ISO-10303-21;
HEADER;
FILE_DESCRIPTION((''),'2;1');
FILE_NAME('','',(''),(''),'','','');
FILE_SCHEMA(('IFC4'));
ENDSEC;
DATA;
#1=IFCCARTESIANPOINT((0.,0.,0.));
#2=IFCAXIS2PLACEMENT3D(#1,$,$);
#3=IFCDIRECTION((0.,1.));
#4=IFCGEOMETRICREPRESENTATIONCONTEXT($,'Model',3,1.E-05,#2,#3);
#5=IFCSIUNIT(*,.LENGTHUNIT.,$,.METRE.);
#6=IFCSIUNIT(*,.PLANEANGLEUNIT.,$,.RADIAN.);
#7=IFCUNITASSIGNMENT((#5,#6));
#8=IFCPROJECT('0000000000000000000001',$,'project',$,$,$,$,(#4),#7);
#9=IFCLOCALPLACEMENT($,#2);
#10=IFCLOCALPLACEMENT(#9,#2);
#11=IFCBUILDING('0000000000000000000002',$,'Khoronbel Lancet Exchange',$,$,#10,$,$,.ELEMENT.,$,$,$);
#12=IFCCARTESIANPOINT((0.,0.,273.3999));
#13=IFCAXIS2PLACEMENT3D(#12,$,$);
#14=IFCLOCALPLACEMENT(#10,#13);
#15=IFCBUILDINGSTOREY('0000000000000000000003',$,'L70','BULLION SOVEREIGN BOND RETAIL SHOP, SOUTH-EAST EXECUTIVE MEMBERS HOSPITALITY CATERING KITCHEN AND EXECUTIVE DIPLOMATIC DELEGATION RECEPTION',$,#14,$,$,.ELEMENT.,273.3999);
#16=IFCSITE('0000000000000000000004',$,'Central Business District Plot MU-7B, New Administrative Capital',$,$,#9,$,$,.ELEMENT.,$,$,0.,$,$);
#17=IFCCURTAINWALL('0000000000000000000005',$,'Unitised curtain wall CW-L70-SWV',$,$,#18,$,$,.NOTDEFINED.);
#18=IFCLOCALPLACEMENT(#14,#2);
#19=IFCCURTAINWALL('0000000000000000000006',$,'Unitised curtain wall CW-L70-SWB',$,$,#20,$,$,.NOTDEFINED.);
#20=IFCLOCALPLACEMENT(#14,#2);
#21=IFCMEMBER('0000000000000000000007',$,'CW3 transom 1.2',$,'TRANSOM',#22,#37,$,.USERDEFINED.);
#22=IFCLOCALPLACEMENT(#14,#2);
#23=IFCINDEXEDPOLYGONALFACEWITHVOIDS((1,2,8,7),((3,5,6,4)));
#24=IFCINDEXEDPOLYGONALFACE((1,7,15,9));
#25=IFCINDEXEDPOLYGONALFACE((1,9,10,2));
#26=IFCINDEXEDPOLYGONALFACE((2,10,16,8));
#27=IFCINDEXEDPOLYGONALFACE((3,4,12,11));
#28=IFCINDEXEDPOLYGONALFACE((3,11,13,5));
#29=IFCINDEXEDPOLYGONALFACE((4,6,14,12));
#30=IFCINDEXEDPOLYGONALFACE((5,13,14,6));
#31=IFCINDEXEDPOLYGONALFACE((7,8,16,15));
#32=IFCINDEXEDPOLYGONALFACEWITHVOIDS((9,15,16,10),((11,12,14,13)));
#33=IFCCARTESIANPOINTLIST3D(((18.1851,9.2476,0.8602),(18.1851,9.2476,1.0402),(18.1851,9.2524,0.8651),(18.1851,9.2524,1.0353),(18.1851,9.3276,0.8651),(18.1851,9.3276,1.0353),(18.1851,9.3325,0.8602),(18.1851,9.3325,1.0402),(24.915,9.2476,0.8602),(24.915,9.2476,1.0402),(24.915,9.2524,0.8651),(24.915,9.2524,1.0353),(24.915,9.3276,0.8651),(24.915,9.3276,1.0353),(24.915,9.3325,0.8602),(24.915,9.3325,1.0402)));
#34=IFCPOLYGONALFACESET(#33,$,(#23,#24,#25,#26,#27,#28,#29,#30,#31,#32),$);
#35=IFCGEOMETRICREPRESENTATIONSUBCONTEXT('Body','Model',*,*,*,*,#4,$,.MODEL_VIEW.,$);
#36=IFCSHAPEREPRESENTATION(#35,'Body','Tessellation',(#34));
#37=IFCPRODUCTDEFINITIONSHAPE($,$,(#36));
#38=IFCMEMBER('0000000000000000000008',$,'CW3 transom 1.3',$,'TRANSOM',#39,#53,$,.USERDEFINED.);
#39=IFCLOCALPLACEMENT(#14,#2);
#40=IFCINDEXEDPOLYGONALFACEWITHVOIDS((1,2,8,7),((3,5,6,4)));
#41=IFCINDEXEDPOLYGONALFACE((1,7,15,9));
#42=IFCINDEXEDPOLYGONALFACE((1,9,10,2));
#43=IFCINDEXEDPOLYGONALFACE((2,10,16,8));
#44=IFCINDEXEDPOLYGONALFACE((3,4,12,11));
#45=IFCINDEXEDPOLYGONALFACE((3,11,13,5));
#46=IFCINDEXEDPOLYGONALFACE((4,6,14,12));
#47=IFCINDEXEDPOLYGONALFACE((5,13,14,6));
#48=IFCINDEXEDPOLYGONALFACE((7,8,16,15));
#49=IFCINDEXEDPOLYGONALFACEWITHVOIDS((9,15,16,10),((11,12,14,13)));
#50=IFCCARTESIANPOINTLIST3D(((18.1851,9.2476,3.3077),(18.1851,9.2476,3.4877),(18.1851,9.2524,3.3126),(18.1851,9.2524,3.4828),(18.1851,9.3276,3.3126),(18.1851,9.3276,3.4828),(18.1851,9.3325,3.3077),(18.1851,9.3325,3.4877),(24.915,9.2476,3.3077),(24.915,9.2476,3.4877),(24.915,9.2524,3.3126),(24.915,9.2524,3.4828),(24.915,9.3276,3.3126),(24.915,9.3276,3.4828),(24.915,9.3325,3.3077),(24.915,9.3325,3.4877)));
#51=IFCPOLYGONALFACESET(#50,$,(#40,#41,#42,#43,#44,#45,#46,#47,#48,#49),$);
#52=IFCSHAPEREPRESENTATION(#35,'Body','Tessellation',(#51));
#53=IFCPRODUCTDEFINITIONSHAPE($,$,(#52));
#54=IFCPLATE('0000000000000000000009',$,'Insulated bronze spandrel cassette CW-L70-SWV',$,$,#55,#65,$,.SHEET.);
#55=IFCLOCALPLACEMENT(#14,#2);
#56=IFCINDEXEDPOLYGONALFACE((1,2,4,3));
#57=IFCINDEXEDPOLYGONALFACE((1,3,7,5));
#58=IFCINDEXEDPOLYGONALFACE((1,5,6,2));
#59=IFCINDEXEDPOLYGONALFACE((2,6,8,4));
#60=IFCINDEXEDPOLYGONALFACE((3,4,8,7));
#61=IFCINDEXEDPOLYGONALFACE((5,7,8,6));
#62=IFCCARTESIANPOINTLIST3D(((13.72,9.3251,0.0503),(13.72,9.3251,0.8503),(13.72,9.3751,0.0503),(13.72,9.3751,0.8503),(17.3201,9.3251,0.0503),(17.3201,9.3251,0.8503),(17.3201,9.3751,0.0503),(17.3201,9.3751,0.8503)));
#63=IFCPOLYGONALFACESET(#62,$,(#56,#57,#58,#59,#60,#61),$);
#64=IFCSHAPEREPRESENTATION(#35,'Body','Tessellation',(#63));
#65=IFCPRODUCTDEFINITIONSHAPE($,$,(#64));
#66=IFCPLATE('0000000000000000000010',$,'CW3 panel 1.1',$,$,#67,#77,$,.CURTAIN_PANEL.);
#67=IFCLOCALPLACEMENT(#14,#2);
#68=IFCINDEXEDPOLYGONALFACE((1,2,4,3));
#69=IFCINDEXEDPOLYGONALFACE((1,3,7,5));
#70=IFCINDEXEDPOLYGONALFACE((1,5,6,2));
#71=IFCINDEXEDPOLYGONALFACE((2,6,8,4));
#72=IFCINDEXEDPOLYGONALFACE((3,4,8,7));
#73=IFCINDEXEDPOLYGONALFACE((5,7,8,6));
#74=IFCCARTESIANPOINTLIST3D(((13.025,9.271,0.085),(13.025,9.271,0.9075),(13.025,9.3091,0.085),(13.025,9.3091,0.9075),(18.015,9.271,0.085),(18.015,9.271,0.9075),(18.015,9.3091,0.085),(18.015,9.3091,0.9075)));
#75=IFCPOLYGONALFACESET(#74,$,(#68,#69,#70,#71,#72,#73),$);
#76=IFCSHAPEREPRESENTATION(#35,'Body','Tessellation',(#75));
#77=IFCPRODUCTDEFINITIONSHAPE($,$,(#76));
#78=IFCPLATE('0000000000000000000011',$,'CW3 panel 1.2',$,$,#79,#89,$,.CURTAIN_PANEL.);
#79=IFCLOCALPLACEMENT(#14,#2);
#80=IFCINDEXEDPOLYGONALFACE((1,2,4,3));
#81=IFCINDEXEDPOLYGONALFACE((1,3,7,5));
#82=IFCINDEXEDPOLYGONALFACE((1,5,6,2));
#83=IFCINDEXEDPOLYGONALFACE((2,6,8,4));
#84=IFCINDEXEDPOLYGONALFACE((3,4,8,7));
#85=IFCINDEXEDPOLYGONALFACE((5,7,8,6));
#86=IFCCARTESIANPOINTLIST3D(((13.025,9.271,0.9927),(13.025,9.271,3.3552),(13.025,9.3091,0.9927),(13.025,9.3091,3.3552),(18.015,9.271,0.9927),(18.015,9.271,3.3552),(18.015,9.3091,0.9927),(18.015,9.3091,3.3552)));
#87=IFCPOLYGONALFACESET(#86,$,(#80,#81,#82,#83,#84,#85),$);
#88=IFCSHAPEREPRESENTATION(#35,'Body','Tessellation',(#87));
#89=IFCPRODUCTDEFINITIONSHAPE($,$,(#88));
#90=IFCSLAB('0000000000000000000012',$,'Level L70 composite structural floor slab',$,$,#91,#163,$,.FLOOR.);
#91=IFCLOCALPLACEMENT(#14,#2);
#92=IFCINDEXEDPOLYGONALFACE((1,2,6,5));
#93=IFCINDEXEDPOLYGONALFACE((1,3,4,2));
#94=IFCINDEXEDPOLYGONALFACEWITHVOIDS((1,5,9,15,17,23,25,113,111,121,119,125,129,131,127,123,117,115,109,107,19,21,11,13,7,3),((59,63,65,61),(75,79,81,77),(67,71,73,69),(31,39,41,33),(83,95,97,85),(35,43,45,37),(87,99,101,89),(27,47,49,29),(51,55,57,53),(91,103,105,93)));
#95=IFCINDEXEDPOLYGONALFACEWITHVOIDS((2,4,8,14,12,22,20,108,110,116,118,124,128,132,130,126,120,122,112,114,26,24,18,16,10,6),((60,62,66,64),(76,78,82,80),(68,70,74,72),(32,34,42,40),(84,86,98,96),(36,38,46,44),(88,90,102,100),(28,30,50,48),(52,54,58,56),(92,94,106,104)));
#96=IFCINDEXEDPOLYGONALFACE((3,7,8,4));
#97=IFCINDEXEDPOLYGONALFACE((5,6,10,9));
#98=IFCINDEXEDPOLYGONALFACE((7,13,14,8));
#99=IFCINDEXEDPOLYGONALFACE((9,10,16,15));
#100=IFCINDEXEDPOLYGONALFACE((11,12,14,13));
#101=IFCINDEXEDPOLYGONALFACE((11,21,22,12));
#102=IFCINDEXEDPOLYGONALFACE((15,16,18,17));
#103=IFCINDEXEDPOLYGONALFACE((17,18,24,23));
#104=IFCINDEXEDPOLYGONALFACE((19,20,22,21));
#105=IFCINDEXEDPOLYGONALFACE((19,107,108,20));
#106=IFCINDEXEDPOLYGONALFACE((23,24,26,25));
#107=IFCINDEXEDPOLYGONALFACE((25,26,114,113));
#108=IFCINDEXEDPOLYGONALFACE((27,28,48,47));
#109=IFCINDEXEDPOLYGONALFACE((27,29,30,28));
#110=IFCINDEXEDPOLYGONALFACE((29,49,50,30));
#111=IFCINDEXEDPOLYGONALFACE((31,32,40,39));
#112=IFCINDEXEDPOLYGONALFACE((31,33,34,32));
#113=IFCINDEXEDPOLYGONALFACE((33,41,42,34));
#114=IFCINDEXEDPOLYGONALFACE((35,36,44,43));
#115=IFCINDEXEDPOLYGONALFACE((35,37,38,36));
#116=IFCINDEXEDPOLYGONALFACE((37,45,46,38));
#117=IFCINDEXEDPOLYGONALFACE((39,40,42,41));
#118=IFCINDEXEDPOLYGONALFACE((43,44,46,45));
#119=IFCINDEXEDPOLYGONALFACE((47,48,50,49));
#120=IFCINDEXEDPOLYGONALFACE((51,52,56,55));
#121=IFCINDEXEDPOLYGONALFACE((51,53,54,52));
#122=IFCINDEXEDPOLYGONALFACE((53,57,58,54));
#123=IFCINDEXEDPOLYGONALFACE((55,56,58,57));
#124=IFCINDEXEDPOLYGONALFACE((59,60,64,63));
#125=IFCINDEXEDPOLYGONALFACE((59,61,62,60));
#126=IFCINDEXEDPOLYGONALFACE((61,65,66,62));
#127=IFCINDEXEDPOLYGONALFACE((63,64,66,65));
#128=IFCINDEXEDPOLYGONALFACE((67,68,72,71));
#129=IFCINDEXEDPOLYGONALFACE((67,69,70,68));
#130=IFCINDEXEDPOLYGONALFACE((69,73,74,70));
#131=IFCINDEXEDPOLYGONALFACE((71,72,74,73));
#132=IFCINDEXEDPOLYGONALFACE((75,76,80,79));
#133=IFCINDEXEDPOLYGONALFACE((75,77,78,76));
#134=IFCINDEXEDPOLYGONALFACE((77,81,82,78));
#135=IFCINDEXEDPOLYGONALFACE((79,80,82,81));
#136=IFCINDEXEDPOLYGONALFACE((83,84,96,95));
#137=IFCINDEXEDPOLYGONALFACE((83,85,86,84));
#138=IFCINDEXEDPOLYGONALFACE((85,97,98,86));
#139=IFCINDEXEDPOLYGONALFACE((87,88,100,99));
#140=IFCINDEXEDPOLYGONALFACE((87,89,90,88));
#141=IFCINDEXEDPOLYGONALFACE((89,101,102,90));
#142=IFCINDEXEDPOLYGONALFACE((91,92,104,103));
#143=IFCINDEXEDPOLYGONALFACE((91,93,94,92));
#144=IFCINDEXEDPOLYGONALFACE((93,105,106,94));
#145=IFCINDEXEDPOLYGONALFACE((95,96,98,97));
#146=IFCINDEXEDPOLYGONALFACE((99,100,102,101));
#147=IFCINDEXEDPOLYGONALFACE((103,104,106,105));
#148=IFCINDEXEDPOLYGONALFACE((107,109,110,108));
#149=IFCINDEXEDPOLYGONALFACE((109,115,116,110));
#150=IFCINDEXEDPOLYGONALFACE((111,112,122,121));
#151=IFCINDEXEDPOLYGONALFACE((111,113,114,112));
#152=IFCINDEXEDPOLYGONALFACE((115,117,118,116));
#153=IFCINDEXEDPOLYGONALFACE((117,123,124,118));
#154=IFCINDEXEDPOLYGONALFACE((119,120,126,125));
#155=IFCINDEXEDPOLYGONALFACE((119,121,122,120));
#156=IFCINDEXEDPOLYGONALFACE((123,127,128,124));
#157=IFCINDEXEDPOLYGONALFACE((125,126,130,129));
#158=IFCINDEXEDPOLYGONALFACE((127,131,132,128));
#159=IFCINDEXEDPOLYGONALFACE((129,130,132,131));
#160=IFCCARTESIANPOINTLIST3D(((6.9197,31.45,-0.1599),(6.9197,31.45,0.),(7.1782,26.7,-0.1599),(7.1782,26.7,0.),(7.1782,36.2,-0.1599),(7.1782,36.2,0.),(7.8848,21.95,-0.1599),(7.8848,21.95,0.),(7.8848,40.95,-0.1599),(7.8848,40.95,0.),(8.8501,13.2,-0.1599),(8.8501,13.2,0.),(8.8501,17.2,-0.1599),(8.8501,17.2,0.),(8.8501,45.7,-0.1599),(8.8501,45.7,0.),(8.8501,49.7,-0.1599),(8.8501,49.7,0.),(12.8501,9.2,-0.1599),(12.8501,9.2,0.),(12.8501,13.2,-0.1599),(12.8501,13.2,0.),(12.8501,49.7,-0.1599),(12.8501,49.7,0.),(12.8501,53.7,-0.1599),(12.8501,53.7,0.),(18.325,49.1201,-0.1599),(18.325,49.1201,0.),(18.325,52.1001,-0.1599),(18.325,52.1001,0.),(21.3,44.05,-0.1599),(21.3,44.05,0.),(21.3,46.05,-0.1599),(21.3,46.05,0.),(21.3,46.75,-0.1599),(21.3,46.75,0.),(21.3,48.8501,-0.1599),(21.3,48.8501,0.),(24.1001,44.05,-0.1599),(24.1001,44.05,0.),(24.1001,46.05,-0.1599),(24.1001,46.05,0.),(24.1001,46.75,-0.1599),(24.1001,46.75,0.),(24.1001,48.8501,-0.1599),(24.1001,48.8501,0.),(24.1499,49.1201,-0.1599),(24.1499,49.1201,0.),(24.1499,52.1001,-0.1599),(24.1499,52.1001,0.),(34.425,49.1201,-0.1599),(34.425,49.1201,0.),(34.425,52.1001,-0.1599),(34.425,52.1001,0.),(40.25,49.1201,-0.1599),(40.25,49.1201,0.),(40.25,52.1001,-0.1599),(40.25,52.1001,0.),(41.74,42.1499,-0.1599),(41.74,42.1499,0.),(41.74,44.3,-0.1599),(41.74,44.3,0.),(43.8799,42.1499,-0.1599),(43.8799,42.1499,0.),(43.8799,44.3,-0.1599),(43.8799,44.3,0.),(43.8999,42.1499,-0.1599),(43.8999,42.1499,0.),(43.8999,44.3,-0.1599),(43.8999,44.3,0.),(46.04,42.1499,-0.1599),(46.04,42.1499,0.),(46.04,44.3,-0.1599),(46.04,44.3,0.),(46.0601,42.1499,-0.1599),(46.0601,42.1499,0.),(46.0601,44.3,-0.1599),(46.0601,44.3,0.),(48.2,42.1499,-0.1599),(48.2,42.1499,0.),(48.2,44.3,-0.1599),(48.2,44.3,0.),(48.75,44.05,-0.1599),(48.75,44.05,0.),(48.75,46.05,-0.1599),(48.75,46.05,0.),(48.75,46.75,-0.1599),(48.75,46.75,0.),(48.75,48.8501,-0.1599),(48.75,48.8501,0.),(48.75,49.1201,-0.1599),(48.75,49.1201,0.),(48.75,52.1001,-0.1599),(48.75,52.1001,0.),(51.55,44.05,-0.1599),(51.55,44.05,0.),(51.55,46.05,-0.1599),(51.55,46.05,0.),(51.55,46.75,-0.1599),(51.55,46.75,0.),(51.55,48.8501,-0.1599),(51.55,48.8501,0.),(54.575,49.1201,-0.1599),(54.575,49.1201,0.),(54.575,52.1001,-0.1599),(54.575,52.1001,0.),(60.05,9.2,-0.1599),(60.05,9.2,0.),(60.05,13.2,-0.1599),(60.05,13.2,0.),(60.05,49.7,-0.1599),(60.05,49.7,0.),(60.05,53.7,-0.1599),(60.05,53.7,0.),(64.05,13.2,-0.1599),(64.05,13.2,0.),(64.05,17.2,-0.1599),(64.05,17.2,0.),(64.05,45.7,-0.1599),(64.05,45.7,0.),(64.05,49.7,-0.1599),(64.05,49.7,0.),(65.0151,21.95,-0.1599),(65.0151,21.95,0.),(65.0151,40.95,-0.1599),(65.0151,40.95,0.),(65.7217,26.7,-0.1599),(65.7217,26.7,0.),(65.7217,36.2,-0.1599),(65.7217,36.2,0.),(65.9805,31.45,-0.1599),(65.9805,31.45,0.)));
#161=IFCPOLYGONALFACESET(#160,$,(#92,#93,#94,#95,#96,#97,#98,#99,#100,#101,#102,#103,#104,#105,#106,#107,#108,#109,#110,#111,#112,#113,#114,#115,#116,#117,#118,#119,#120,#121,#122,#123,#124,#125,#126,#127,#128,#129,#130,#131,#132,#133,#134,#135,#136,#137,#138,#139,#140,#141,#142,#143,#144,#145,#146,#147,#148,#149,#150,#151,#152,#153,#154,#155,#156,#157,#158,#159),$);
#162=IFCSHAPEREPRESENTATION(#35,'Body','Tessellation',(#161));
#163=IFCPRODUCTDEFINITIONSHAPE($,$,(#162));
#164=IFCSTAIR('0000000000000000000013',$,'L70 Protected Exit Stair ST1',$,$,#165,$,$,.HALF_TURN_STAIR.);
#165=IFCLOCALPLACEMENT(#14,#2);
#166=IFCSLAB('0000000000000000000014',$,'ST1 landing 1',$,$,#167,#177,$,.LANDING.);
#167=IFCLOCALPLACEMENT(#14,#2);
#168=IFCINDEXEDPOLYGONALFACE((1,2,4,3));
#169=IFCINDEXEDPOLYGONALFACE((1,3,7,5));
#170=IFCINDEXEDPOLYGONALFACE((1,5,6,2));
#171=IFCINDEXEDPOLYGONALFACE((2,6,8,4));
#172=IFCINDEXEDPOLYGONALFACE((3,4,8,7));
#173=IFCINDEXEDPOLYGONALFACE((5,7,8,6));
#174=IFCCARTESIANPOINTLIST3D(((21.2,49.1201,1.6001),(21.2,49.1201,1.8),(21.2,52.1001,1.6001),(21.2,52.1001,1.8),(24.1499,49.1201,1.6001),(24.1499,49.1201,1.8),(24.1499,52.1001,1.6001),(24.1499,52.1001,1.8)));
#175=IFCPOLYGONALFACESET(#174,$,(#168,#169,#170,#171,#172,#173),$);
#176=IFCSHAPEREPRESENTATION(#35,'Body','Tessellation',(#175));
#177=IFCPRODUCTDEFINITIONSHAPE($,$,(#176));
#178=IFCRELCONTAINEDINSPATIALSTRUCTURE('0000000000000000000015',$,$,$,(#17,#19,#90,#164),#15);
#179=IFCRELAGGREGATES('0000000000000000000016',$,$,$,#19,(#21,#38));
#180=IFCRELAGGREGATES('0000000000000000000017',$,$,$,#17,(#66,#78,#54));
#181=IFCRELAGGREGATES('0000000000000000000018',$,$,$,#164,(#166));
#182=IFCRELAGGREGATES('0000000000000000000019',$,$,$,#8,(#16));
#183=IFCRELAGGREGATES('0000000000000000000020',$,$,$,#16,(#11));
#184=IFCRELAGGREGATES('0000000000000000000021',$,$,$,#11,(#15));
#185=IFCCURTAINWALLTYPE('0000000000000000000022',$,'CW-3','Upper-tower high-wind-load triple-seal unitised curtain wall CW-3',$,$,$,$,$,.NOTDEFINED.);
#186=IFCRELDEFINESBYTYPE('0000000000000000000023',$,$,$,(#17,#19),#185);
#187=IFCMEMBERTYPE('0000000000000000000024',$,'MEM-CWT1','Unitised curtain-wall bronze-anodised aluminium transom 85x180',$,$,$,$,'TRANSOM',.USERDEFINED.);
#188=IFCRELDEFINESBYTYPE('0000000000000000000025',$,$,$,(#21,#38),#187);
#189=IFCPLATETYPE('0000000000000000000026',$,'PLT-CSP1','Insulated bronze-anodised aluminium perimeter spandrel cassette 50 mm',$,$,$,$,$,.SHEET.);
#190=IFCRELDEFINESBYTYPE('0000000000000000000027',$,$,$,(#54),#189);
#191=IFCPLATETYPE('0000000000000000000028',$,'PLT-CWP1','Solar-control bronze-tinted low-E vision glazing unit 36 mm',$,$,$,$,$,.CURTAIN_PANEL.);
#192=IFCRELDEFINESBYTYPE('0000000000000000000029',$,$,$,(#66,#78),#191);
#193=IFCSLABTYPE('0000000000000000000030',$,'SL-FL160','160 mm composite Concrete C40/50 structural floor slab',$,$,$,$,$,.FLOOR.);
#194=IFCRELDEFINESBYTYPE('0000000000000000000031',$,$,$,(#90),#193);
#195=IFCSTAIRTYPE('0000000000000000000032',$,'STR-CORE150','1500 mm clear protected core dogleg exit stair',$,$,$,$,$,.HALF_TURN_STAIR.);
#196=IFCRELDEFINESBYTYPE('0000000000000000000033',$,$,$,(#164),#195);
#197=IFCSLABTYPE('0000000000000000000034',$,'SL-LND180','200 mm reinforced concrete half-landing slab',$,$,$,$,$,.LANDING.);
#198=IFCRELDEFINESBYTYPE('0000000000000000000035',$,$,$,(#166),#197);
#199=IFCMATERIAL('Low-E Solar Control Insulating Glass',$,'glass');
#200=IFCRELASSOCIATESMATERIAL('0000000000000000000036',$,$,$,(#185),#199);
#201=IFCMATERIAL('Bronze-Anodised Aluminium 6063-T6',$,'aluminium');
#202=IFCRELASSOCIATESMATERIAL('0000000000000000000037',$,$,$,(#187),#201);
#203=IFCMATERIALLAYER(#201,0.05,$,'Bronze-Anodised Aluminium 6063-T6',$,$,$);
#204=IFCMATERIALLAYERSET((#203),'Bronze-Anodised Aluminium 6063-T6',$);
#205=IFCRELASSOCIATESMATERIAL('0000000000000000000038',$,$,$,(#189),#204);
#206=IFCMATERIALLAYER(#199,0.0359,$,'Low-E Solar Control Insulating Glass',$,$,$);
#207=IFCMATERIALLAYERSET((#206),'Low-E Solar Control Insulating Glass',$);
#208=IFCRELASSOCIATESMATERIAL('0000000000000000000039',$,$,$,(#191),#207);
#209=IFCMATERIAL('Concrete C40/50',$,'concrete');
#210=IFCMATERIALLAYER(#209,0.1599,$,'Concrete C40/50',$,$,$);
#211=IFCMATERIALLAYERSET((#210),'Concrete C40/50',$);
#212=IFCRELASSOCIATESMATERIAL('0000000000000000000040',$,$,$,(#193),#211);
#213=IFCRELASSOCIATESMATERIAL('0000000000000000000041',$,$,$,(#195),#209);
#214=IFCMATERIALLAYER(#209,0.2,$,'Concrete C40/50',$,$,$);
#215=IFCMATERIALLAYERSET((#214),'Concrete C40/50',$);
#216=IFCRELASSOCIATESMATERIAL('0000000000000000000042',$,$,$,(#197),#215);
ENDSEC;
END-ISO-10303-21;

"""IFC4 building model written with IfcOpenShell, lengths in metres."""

from ifc_helpers import new_model, si_unit, direction, frame, origin, origin_2d, place, context, subcontext, project, spatial, polyline, rectangle, hollow_rectangle, outline, extrude, material, layer, layer_set, material_profile, profile_set, type_object, element, aggregate, save


model = new_model("IFC4")

# Units and contexts
model_context = context("Model", 3, precision=1e-05, world=origin(), true_north=direction((0.0, 1.0)))
body_context = subcontext(model_context, "Body", "Model", "MODEL_VIEW")
ifc_project = project(units=[si_unit("LENGTHUNIT", "METRE"), si_unit("PLANEANGLEUNIT", "RADIAN")], contexts=[model_context])

# Site, building, storey
site_placement = place(None, origin())
site = spatial("IfcSite", under=ifc_project, at=site_placement, Name="Central Business District Plot MU-7B, New Administrative Capital", CompositionType="ELEMENT", RefElevation=0.0)
building_placement = place(site_placement, origin())
building = spatial("IfcBuilding", under=site, at=building_placement, Name="Khoronbel Lancet Exchange", CompositionType="ELEMENT")
storey_placement = place(building_placement, frame((0.0, 0.0, 273.3999)))
storey = spatial("IfcBuildingStorey", under=building, at=storey_placement, Name="L70", Description="BULLION SOVEREIGN BOND RETAIL SHOP, SOUTH-EAST EXECUTIVE MEMBERS HOSPITALITY CATERING KITCHEN AND EXECUTIVE DIPLOMATIC DELEGATION RECEPTION", CompositionType="ELEMENT", Elevation=273.3999)

# Curtain wall
ifc_material_1 = material(Name="Low-E Solar Control Insulating Glass", Category="glass")
curtain_wall_type = type_object("IfcCurtainWallType", Name="CW-3", Description="Upper-tower high-wind-load triple-seal unitised curtain wall CW-3", PredefinedType="NOTDEFINED", material=ifc_material_1)
curtain_wall_1_placement = place(storey_placement, origin())
curtain_wall_1 = element("IfcCurtainWall", 1, at=curtain_wall_1_placement, inside=storey, type_object=curtain_wall_type, Name="Unitised curtain wall CW-L70-SWV", PredefinedType="NOTDEFINED")
ifc_material_2 = material(Name="Bronze-Anodised Aluminium 6063-T6", Category="aluminium")

# Curtain wall
curtain_wall_2_placement = place(storey_placement, origin())
curtain_wall_2 = element("IfcCurtainWall", 2, at=curtain_wall_2_placement, inside=storey, type_object=curtain_wall_type, Name="Unitised curtain wall CW-L70-SWB", PredefinedType="NOTDEFINED")

# Members
ifc_material_profile_1 = material_profile(ifc_material_2, hollow_rectangle(XDim=0.085, YDim=0.1799, WallThickness=0.0049, at=origin_2d()), Name="ALU TRANSOM 85x180")
ifc_profile_set_1 = profile_set([ifc_material_profile_1], Name="Bronze-Anodised Aluminium 6063-T6")
member_type_1 = type_object("IfcMemberType", Name="MEM-CWT1", Description="Unitised curtain-wall bronze-anodised aluminium transom 85x180", ElementType="TRANSOM", PredefinedType="USERDEFINED", material=ifc_profile_set_1)
member_1_placement = place(storey_placement, frame((18.1851, 9.29, 0.9502), z_axis=(1.0, 0.0, 0.0), x_axis=(0.0, 1.0, 0.0)))
member_1 = element("IfcMember", 3, at=member_1_placement, type_object=member_type_1, Name="CW3 transom 1.2", ObjectType="TRANSOM", PredefinedType="USERDEFINED", context=body_context, shape_type="SweptSolid", body=[
    extrude(hollow_rectangle(XDim=0.085, YDim=0.1799, WallThickness=0.0049, at=origin_2d()), origin(), (0.0, 0.0, 1.0), 6.73),
])
member_2_placement = place(storey_placement, frame((18.1851, 9.29, 3.3977), z_axis=(1.0, 0.0, 0.0), x_axis=(0.0, 1.0, 0.0)))
member_2 = element("IfcMember", 4, at=member_2_placement, type_object=member_type_1, Name="CW3 transom 1.3", ObjectType="TRANSOM", PredefinedType="USERDEFINED", context=body_context, shape_type="SweptSolid", body=[
    extrude(hollow_rectangle(XDim=0.085, YDim=0.1799, WallThickness=0.0049, at=origin_2d()), origin(), (0.0, 0.0, 1.0), 6.73),
])
aggregate(curtain_wall_2, [member_1, member_2])

# Plates
ifc_layer_1 = layer(ifc_material_2, 0.05, Name="Bronze-Anodised Aluminium 6063-T6")
ifc_layer_set_1 = layer_set([ifc_layer_1], Name="Bronze-Anodised Aluminium 6063-T6")
plate_type_1 = type_object("IfcPlateType", Name="PLT-CSP1", Description="Insulated bronze-anodised aluminium perimeter spandrel cassette 50 mm", PredefinedType="SHEET", material=ifc_layer_set_1)
plate_1_placement = place(storey_placement, frame((15.52, 9.3501, 0.0503), z_axis=(0.0, 0.0, 1.0), x_axis=(1.0, 0.0, 0.0)))
plate_1 = element("IfcPlate", 5, at=plate_1_placement, type_object=plate_type_1, Name="Insulated bronze spandrel cassette CW-L70-SWV", PredefinedType="SHEET", context=body_context, shape_type="SweptSolid", body=[
    extrude(rectangle(XDim=3.6001, YDim=0.05, at=origin_2d()), origin(), (0.0, 0.0, 1.0), 0.8),
])
ifc_layer_2 = layer(ifc_material_1, 0.0359, Name="Low-E Solar Control Insulating Glass")
ifc_layer_set_2 = layer_set([ifc_layer_2], Name="Low-E Solar Control Insulating Glass")
plate_type_2 = type_object("IfcPlateType", Name="PLT-CWP1", Description="Solar-control bronze-tinted low-E vision glazing unit 36 mm", PredefinedType="CURTAIN_PANEL", material=ifc_layer_set_2)
plate_2_placement = place(storey_placement, frame((15.52, 9.29, 0.085), z_axis=(0.0, 0.0, 1.0), x_axis=(1.0, 0.0, 0.0)))
plate_2 = element("IfcPlate", 6, at=plate_2_placement, type_object=plate_type_2, Name="CW3 panel 1.1", PredefinedType="CURTAIN_PANEL", context=body_context, shape_type="SweptSolid", body=[
    extrude(rectangle(XDim=4.99, YDim=0.0381, at=origin_2d()), origin(), (0.0, 0.0, 1.0), 0.8225),
])
plate_3_placement = place(storey_placement, frame((15.52, 9.29, 0.9927), z_axis=(0.0, 0.0, 1.0), x_axis=(1.0, 0.0, 0.0)))
plate_3 = element("IfcPlate", 7, at=plate_3_placement, type_object=plate_type_2, Name="CW3 panel 1.2", PredefinedType="CURTAIN_PANEL", context=body_context, shape_type="SweptSolid", body=[
    extrude(rectangle(XDim=4.99, YDim=0.0381, at=origin_2d()), origin(), (0.0, 0.0, 1.0), 2.3625),
])
aggregate(curtain_wall_1, [plate_2, plate_3, plate_1])

# Slab
ifc_material_3 = material(Name="Concrete C40/50", Category="concrete")
ifc_layer_3 = layer(ifc_material_3, 0.1599, Name="Concrete C40/50")
ifc_layer_set_3 = layer_set([ifc_layer_3], Name="Concrete C40/50")
slab_type_1 = type_object("IfcSlabType", Name="SL-FL160", Description="160 mm composite Concrete C40/50 structural floor slab", PredefinedType="FLOOR", material=ifc_layer_set_3)
slab_1_placement = place(storey_placement, frame((0.0, 0.0, -0.1599)))
element("IfcSlab", 8, at=slab_1_placement, inside=storey, type_object=slab_type_1, Name="Level L70 composite structural floor slab", PredefinedType="FLOOR", context=body_context, shape_type="SweptSolid", body=[
    extrude(outline(polyline([(12.8501, 9.2), (60.05, 9.2), (60.05, 13.2), (64.05, 13.2), (64.05, 17.2), (65.0151, 21.95), (65.7217, 26.7), (65.9805, 31.45), (65.7217, 36.2), (65.0151, 40.95), (64.05, 45.7), (64.05, 49.7), (60.05, 49.7), (60.05, 53.7), (12.8501, 53.7), (12.8501, 49.7), (8.8501, 49.7), (8.8501, 45.7), (7.8848, 40.95), (7.1782, 36.2), (6.9197, 31.45), (7.1782, 26.7), (7.8848, 21.95), (8.8501, 17.2), (8.8501, 13.2), (12.8501, 13.2), (12.8501, 9.2)]), holes=[polyline([(18.325, 49.1201), (24.1499, 49.1201), (24.1499, 52.1001), (18.325, 52.1001), (18.325, 49.1201)]), polyline([(48.75, 49.1201), (54.575, 49.1201), (54.575, 52.1001), (48.75, 52.1001), (48.75, 49.1201)]), polyline([(34.425, 49.1201), (40.25, 49.1201), (40.25, 52.1001), (34.425, 52.1001), (34.425, 49.1201)]), polyline([(41.74, 42.1499), (43.8799, 42.1499), (43.8799, 44.3), (41.74, 44.3), (41.74, 42.1499)]), polyline([(43.8999, 42.1499), (46.04, 42.1499), (46.04, 44.3), (43.8999, 44.3), (43.8999, 42.1499)]), polyline([(46.0601, 42.1499), (48.2, 42.1499), (48.2, 44.3), (46.0601, 44.3), (46.0601, 42.1499)]), polyline([(21.3, 46.75), (24.1001, 46.75), (24.1001, 48.8501), (21.3, 48.8501), (21.3, 46.75)]), polyline([(48.75, 46.75), (51.55, 46.75), (51.55, 48.8501), (48.75, 48.8501), (48.75, 46.75)]), polyline([(21.3, 44.05), (24.1001, 44.05), (24.1001, 46.05), (21.3, 46.05), (21.3, 44.05)]), polyline([(48.75, 44.05), (51.55, 44.05), (51.55, 46.05), (48.75, 46.05), (48.75, 44.05)])]), origin(), (0.0, 0.0, 1.0), 0.1599),
])

# Stair, slab
stair_type = type_object("IfcStairType", Name="STR-CORE150", Description="1500 mm clear protected core dogleg exit stair", PredefinedType="HALF_TURN_STAIR", material=ifc_material_3)
stair_1_placement = place(storey_placement, origin())
stair_1 = element("IfcStair", 9, at=stair_1_placement, inside=storey, type_object=stair_type, Name="L70 Protected Exit Stair ST1", PredefinedType="HALF_TURN_STAIR")
ifc_layer_4 = layer(ifc_material_3, 0.2, Name="Concrete C40/50")
ifc_layer_set_4 = layer_set([ifc_layer_4], Name="Concrete C40/50")
slab_type_2 = type_object("IfcSlabType", Name="SL-LND180", Description="200 mm reinforced concrete half-landing slab", PredefinedType="LANDING", material=ifc_layer_set_4)
slab_2_placement = place(storey_placement, frame((0.0, 0.0, 1.6001)))
slab_2 = element("IfcSlab", 10, at=slab_2_placement, type_object=slab_type_2, Name="ST1 landing 1", PredefinedType="LANDING", context=body_context, shape_type="SweptSolid", body=[
    extrude(outline(polyline([(21.2, 49.1201), (24.1499, 49.1201), (24.1499, 52.1001), (21.2, 52.1001), (21.2, 49.1201)])), origin(), (0.0, 0.0, 1.0), 0.2),
])
aggregate(stair_1, [slab_2])

save(model, "model.ifc")
